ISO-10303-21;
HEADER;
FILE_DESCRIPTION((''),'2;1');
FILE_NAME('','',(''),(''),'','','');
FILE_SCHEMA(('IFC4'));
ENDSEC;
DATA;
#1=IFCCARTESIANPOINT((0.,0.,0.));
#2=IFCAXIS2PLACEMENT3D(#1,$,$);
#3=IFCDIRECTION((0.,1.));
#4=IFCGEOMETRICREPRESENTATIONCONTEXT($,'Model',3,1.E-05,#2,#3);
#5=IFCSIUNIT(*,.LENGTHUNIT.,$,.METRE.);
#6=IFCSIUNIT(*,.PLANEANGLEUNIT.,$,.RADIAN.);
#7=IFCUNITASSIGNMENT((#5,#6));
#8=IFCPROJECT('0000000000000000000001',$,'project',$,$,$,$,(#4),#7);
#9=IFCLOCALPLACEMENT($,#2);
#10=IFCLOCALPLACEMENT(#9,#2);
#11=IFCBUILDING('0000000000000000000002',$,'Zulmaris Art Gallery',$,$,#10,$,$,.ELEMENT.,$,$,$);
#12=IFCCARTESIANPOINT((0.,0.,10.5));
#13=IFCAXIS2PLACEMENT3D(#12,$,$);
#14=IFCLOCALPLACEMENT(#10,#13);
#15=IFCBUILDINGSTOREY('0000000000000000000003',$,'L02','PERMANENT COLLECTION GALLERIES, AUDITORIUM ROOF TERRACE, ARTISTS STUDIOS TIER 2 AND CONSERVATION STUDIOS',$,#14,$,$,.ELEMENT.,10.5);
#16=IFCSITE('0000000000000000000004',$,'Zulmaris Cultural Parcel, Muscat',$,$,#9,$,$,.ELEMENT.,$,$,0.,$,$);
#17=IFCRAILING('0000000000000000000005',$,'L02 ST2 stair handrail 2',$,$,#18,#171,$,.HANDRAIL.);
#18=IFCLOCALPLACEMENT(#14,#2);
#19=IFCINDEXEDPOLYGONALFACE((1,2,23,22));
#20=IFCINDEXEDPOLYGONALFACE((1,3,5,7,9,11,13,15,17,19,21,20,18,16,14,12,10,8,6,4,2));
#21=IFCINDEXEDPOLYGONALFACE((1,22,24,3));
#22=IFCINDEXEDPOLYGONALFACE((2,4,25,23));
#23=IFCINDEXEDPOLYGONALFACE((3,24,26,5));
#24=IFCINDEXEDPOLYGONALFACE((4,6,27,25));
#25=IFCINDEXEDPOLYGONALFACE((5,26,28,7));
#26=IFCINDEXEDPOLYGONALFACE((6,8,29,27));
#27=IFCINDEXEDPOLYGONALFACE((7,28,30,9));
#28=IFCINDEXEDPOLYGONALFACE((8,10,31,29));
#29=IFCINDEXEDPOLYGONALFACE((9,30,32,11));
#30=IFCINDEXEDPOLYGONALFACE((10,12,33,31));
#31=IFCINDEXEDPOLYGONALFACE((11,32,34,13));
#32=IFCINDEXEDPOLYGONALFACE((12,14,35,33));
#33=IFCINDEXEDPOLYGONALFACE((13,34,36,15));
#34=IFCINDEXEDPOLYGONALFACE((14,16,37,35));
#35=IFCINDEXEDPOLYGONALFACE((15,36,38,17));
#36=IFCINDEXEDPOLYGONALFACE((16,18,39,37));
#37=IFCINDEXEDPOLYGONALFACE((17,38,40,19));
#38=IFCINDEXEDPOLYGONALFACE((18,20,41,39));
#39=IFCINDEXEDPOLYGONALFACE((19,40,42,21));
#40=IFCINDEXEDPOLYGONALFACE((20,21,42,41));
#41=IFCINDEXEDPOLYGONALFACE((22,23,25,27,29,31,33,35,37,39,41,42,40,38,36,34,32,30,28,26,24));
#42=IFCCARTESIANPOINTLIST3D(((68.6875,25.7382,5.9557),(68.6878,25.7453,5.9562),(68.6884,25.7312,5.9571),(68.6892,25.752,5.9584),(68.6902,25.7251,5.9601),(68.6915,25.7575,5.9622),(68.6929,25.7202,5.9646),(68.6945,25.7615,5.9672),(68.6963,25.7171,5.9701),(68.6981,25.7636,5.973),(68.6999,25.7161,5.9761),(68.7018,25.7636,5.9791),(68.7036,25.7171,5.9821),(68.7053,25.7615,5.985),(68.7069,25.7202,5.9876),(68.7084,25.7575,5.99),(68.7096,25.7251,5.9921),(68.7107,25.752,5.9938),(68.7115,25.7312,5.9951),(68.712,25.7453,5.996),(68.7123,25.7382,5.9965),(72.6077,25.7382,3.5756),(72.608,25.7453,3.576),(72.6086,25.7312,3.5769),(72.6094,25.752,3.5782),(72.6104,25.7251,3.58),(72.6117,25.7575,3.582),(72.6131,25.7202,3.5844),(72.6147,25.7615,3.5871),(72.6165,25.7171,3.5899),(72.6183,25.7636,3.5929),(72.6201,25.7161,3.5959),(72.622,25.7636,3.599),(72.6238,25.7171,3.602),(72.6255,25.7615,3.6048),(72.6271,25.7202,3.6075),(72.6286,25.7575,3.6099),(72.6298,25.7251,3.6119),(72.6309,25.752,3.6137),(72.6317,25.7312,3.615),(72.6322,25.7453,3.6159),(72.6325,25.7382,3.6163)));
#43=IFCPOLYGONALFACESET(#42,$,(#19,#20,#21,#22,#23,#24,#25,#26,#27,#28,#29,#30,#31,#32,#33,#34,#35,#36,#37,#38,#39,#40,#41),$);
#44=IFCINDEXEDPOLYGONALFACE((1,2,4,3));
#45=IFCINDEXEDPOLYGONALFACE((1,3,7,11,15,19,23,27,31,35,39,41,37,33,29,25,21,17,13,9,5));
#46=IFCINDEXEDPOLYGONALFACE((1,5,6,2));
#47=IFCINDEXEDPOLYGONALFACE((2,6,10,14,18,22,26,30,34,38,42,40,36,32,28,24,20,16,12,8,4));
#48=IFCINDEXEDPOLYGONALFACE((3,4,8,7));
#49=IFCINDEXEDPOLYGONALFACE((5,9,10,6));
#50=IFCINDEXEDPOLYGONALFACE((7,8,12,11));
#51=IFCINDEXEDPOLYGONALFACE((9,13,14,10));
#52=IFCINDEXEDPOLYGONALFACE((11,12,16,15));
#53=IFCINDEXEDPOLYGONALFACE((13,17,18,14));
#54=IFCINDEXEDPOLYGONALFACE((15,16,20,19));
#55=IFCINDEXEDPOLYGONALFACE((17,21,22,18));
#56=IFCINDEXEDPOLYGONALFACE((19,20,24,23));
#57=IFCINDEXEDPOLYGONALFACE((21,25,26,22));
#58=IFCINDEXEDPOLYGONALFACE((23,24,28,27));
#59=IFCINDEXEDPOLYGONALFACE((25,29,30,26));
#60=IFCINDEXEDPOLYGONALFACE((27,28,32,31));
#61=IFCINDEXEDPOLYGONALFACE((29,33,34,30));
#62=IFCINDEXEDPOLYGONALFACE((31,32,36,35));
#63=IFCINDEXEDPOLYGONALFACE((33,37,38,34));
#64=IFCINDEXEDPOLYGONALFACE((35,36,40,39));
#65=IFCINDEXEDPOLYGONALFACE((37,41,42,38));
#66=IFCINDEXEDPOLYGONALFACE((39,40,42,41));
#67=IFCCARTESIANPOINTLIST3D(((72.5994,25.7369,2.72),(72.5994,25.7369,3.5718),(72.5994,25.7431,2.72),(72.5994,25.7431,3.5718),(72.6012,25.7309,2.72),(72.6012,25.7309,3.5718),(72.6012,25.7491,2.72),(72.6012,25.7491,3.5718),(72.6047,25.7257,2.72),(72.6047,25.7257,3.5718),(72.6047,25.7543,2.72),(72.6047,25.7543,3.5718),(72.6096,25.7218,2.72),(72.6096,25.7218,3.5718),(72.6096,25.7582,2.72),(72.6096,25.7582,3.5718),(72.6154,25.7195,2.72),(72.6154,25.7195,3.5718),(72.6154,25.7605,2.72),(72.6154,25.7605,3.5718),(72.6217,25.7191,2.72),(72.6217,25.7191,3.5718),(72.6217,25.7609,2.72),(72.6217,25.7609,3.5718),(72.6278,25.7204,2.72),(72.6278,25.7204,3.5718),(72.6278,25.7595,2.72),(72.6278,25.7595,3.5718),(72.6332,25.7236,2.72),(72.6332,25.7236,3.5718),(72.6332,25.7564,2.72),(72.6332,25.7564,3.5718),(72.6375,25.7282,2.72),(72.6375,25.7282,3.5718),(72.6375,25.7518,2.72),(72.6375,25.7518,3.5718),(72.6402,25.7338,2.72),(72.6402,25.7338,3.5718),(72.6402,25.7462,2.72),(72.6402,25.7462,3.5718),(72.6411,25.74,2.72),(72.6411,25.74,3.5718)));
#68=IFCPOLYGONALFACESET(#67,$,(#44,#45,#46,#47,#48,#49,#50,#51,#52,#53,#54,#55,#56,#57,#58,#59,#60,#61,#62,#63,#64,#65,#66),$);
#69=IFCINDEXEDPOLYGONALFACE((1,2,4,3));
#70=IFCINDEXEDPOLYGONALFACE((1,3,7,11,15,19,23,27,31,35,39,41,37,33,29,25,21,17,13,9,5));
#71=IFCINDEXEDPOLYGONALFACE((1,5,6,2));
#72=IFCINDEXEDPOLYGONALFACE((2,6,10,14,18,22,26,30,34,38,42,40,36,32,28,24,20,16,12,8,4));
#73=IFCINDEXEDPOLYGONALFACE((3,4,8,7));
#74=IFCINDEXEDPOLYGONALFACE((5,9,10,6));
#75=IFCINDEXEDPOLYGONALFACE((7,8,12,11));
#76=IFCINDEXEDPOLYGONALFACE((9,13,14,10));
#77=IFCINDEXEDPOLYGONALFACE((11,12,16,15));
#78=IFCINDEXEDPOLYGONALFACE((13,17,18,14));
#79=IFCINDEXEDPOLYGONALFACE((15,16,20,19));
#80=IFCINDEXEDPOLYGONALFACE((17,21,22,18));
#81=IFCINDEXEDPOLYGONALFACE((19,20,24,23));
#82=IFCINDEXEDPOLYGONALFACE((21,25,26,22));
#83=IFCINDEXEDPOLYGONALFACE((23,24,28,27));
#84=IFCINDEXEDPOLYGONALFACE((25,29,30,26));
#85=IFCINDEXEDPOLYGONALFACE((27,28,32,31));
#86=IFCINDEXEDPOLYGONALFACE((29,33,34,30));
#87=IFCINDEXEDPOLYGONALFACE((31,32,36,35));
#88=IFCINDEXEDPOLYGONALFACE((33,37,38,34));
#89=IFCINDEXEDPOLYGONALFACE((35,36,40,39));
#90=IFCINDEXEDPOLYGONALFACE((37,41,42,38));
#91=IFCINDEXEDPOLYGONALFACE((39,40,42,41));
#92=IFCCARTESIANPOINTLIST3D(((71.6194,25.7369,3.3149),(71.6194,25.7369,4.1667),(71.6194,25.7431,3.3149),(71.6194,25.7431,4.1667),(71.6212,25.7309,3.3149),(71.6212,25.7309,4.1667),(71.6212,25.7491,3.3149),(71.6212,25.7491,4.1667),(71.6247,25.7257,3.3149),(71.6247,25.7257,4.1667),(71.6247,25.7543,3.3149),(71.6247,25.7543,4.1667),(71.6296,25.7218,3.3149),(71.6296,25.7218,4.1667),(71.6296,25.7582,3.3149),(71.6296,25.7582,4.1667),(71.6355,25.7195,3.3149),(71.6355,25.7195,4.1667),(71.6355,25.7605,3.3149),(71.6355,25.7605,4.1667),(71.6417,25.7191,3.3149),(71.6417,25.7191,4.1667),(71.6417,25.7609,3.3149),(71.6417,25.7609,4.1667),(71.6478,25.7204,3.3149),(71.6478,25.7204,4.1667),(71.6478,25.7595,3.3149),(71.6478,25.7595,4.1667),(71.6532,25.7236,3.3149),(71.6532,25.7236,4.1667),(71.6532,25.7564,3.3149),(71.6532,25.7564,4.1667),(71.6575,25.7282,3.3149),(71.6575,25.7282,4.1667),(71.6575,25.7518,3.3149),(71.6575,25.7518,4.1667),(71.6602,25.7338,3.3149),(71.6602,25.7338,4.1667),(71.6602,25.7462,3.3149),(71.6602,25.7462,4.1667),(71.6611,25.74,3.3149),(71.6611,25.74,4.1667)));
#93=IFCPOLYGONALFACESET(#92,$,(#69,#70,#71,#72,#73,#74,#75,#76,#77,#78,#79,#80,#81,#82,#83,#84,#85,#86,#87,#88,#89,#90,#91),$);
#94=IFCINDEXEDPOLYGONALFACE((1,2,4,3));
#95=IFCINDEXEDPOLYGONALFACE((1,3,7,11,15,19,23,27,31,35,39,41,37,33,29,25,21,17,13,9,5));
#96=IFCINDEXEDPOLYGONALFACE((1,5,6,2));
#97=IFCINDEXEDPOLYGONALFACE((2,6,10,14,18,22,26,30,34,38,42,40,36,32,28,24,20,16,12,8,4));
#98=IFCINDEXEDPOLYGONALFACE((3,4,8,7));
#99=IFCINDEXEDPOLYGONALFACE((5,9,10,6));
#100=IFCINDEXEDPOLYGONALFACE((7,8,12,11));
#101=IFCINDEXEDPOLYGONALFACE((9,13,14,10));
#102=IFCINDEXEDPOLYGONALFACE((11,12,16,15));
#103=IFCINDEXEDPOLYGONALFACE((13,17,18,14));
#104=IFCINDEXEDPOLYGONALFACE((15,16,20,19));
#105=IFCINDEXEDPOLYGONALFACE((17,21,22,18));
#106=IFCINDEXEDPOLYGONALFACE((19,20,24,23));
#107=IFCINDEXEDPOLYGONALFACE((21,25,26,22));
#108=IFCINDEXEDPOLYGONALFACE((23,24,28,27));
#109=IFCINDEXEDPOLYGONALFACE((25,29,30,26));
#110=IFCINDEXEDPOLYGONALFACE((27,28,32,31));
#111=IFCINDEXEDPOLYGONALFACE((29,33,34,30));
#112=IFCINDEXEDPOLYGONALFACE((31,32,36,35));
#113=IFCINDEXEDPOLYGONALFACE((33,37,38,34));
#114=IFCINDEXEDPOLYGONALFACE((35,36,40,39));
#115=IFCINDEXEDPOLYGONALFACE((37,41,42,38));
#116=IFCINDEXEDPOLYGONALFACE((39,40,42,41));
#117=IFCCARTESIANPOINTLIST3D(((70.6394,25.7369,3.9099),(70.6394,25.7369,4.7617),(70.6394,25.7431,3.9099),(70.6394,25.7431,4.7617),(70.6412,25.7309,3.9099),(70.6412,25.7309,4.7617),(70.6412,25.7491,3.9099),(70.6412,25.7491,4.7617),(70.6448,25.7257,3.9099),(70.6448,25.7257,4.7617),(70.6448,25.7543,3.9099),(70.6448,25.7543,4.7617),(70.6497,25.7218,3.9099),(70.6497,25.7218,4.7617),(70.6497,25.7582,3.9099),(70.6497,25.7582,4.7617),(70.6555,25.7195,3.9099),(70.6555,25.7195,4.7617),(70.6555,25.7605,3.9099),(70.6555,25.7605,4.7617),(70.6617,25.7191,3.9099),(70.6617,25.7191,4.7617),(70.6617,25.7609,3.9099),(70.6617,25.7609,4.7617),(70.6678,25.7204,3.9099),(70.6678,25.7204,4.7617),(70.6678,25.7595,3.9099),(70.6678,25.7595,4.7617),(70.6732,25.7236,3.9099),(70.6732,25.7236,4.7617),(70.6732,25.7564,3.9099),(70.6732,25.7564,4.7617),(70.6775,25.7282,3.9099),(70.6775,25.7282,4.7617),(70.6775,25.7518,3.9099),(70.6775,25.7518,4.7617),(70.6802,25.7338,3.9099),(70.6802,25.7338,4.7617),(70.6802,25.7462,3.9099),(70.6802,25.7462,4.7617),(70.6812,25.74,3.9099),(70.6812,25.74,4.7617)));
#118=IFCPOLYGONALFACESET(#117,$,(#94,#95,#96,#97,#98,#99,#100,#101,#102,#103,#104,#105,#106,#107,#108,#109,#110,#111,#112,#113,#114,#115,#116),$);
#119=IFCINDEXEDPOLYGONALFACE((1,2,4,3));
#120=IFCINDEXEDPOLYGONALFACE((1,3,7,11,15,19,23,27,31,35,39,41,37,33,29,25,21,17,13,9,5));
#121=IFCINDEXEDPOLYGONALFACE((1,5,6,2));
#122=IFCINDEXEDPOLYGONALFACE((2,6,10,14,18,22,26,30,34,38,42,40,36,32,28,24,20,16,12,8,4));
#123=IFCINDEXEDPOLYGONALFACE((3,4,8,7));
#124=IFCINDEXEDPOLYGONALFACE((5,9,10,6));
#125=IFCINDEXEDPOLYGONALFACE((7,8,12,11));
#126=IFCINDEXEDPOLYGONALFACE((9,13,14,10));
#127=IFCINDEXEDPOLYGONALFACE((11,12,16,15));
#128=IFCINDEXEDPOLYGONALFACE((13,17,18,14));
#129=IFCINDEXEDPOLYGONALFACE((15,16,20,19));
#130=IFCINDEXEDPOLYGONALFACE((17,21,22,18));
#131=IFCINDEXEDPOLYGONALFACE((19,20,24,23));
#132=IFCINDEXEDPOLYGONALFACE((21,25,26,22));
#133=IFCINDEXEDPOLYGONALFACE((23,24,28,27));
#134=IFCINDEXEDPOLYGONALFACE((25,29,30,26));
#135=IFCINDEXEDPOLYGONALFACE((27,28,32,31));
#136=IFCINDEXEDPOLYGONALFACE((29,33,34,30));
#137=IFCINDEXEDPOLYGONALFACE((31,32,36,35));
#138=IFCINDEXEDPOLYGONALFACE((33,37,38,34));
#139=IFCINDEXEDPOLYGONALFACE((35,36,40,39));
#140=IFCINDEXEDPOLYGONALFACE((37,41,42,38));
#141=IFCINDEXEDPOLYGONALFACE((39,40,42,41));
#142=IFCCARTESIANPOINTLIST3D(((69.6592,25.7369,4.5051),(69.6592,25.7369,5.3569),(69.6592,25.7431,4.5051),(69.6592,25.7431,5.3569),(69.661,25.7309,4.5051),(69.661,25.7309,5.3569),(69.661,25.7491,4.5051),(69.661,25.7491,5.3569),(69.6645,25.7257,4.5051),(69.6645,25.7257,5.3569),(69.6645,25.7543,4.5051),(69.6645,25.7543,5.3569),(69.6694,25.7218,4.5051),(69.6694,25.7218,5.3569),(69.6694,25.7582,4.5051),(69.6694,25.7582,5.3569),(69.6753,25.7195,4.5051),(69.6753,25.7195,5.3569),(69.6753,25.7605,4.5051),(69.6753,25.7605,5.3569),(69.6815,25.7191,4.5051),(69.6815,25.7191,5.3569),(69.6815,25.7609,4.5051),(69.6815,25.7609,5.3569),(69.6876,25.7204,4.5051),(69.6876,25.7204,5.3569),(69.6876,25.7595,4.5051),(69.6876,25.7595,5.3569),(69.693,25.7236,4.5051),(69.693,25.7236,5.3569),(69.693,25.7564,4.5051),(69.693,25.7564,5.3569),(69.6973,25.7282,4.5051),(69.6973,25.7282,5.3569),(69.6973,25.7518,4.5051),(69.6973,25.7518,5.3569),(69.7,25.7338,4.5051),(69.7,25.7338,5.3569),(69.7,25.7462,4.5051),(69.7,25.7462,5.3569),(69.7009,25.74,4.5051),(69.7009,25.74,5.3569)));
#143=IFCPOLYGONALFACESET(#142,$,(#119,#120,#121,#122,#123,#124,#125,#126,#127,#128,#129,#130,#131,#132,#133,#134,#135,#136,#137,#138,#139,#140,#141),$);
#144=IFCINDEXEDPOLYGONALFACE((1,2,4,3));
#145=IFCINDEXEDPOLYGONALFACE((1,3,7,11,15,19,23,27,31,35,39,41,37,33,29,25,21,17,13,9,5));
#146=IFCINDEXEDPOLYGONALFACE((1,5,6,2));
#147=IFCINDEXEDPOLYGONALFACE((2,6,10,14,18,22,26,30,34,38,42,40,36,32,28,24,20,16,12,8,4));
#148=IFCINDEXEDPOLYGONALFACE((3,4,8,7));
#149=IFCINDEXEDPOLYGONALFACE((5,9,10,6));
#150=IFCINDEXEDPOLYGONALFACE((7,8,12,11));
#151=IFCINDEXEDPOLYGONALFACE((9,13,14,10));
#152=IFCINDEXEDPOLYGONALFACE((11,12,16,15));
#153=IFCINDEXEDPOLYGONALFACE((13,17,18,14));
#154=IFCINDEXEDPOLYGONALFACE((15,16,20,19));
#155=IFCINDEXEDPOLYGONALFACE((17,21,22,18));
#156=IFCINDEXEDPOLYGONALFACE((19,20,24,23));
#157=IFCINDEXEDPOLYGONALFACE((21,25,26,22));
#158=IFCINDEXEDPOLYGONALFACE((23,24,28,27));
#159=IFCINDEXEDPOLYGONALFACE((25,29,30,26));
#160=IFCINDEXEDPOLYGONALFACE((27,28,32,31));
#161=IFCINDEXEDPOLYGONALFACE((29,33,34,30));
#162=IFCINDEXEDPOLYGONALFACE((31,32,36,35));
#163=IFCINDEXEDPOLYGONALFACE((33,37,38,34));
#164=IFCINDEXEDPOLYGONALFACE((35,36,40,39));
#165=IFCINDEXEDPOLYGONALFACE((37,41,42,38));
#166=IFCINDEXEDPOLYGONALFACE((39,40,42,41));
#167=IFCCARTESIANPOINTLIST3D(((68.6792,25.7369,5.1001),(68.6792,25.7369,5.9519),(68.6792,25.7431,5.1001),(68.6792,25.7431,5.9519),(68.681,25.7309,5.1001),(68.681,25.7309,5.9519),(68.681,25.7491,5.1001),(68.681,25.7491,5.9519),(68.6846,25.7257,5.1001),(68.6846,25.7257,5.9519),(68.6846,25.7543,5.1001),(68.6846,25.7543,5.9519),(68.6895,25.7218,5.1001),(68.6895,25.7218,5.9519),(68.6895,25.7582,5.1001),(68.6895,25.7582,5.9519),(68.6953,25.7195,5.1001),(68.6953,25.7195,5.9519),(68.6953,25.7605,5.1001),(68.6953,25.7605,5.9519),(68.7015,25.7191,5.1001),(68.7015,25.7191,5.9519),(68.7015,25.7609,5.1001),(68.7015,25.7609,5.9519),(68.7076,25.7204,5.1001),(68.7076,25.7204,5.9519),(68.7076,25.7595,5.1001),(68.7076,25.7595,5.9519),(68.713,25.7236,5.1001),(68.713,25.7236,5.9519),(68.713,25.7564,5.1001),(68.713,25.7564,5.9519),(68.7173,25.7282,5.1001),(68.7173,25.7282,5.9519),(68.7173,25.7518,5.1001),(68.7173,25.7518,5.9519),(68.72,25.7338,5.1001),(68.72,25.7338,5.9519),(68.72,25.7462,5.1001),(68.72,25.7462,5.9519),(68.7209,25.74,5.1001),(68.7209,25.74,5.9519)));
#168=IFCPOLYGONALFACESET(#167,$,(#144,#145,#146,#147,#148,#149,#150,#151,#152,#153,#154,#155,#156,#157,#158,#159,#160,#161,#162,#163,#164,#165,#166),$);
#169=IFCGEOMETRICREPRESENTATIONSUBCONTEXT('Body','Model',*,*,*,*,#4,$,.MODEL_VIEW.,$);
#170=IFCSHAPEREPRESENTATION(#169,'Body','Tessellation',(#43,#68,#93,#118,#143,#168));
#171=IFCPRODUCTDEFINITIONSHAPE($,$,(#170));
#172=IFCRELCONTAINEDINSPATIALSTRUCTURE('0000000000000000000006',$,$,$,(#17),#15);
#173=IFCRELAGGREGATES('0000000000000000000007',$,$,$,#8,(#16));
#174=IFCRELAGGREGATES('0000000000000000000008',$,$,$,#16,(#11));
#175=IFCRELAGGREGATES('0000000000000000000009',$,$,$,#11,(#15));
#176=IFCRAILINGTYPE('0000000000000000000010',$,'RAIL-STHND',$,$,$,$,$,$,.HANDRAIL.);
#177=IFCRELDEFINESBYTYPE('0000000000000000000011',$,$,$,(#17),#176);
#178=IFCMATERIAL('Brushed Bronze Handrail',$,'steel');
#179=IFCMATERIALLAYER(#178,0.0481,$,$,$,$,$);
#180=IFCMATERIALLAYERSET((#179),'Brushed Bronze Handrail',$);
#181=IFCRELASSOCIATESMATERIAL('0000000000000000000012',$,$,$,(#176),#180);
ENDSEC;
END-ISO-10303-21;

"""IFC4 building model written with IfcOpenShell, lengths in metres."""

from ifc_helpers import new_model, si_unit, direction, frame, origin, origin_2d, place, context, subcontext, project, spatial, circle, extrude, material, layer, layer_set, type_object, element, save


model = new_model("IFC4")

# Units and contexts
model_context = context("Model", 3, precision=1e-05, world=origin(), true_north=direction((0.0, 1.0)))
body_context = subcontext(model_context, "Body", "Model", "MODEL_VIEW")
ifc_project = project(units=[si_unit("LENGTHUNIT", "METRE"), si_unit("PLANEANGLEUNIT", "RADIAN")], contexts=[model_context])

# Site, building, storey
site_placement = place(None, origin())
site = spatial("IfcSite", under=ifc_project, at=site_placement, Name="Zulmaris Cultural Parcel, Muscat", CompositionType="ELEMENT", RefElevation=0.0)
building_placement = place(site_placement, origin())
building = spatial("IfcBuilding", under=site, at=building_placement, Name="Zulmaris Art Gallery", CompositionType="ELEMENT")
storey_placement = place(building_placement, frame((0.0, 0.0, 10.5)))
storey = spatial("IfcBuildingStorey", under=building, at=storey_placement, Name="L02", Description="PERMANENT COLLECTION GALLERIES, AUDITORIUM ROOF TERRACE, ARTISTS STUDIOS TIER 2 AND CONSERVATION STUDIOS", CompositionType="ELEMENT", Elevation=10.5)

# Railing
ifc_material_1 = material(Name="Brushed Bronze Handrail", Category="steel")
ifc_layer_1 = layer(ifc_material_1, 0.0481)
ifc_layer_set_1 = layer_set([ifc_layer_1], Name="Brushed Bronze Handrail")
railing_type_1 = type_object("IfcRailingType", Name="RAIL-STHND", PredefinedType="HANDRAIL", material=ifc_layer_set_1)
railing_1_placement = place(storey_placement, frame((72.6201, 25.74, 2.72)))
element("IfcRailing", 1, at=railing_1_placement, inside=storey, type_object=railing_type_1, Name="L02 ST2 stair handrail 2", PredefinedType="HANDRAIL", context=body_context, shape_type="SweptSolid", body=[
    extrude(circle(Radius=0.0239, at=origin_2d()), frame((0.0, 0.0, 0.876), z_axis=(-0.854785, 0.0, 0.518982), x_axis=(0.0, -1.0, 0.0)), (0.0, 0.0, 1.0), 4.5862),
    extrude(circle(Radius=0.021, at=origin_2d()), origin(), (0.0, 0.0, 1.0), 0.8518),
    extrude(circle(Radius=0.021, at=origin_2d()), frame((-0.98, 0.0, 0.595)), (0.0, 0.0, 1.0), 0.8518),
    extrude(circle(Radius=0.021, at=origin_2d()), frame((-1.96, 0.0, 1.1899)), (0.0, 0.0, 1.0), 0.8518),
    extrude(circle(Radius=0.021, at=origin_2d()), frame((-2.9402, 0.0, 1.7852)), (0.0, 0.0, 1.0), 0.8518),
    extrude(circle(Radius=0.021, at=origin_2d()), frame((-3.9202, 0.0, 2.3801)), (0.0, 0.0, 1.0), 0.8518),
])

save(model, "model.ifc")
